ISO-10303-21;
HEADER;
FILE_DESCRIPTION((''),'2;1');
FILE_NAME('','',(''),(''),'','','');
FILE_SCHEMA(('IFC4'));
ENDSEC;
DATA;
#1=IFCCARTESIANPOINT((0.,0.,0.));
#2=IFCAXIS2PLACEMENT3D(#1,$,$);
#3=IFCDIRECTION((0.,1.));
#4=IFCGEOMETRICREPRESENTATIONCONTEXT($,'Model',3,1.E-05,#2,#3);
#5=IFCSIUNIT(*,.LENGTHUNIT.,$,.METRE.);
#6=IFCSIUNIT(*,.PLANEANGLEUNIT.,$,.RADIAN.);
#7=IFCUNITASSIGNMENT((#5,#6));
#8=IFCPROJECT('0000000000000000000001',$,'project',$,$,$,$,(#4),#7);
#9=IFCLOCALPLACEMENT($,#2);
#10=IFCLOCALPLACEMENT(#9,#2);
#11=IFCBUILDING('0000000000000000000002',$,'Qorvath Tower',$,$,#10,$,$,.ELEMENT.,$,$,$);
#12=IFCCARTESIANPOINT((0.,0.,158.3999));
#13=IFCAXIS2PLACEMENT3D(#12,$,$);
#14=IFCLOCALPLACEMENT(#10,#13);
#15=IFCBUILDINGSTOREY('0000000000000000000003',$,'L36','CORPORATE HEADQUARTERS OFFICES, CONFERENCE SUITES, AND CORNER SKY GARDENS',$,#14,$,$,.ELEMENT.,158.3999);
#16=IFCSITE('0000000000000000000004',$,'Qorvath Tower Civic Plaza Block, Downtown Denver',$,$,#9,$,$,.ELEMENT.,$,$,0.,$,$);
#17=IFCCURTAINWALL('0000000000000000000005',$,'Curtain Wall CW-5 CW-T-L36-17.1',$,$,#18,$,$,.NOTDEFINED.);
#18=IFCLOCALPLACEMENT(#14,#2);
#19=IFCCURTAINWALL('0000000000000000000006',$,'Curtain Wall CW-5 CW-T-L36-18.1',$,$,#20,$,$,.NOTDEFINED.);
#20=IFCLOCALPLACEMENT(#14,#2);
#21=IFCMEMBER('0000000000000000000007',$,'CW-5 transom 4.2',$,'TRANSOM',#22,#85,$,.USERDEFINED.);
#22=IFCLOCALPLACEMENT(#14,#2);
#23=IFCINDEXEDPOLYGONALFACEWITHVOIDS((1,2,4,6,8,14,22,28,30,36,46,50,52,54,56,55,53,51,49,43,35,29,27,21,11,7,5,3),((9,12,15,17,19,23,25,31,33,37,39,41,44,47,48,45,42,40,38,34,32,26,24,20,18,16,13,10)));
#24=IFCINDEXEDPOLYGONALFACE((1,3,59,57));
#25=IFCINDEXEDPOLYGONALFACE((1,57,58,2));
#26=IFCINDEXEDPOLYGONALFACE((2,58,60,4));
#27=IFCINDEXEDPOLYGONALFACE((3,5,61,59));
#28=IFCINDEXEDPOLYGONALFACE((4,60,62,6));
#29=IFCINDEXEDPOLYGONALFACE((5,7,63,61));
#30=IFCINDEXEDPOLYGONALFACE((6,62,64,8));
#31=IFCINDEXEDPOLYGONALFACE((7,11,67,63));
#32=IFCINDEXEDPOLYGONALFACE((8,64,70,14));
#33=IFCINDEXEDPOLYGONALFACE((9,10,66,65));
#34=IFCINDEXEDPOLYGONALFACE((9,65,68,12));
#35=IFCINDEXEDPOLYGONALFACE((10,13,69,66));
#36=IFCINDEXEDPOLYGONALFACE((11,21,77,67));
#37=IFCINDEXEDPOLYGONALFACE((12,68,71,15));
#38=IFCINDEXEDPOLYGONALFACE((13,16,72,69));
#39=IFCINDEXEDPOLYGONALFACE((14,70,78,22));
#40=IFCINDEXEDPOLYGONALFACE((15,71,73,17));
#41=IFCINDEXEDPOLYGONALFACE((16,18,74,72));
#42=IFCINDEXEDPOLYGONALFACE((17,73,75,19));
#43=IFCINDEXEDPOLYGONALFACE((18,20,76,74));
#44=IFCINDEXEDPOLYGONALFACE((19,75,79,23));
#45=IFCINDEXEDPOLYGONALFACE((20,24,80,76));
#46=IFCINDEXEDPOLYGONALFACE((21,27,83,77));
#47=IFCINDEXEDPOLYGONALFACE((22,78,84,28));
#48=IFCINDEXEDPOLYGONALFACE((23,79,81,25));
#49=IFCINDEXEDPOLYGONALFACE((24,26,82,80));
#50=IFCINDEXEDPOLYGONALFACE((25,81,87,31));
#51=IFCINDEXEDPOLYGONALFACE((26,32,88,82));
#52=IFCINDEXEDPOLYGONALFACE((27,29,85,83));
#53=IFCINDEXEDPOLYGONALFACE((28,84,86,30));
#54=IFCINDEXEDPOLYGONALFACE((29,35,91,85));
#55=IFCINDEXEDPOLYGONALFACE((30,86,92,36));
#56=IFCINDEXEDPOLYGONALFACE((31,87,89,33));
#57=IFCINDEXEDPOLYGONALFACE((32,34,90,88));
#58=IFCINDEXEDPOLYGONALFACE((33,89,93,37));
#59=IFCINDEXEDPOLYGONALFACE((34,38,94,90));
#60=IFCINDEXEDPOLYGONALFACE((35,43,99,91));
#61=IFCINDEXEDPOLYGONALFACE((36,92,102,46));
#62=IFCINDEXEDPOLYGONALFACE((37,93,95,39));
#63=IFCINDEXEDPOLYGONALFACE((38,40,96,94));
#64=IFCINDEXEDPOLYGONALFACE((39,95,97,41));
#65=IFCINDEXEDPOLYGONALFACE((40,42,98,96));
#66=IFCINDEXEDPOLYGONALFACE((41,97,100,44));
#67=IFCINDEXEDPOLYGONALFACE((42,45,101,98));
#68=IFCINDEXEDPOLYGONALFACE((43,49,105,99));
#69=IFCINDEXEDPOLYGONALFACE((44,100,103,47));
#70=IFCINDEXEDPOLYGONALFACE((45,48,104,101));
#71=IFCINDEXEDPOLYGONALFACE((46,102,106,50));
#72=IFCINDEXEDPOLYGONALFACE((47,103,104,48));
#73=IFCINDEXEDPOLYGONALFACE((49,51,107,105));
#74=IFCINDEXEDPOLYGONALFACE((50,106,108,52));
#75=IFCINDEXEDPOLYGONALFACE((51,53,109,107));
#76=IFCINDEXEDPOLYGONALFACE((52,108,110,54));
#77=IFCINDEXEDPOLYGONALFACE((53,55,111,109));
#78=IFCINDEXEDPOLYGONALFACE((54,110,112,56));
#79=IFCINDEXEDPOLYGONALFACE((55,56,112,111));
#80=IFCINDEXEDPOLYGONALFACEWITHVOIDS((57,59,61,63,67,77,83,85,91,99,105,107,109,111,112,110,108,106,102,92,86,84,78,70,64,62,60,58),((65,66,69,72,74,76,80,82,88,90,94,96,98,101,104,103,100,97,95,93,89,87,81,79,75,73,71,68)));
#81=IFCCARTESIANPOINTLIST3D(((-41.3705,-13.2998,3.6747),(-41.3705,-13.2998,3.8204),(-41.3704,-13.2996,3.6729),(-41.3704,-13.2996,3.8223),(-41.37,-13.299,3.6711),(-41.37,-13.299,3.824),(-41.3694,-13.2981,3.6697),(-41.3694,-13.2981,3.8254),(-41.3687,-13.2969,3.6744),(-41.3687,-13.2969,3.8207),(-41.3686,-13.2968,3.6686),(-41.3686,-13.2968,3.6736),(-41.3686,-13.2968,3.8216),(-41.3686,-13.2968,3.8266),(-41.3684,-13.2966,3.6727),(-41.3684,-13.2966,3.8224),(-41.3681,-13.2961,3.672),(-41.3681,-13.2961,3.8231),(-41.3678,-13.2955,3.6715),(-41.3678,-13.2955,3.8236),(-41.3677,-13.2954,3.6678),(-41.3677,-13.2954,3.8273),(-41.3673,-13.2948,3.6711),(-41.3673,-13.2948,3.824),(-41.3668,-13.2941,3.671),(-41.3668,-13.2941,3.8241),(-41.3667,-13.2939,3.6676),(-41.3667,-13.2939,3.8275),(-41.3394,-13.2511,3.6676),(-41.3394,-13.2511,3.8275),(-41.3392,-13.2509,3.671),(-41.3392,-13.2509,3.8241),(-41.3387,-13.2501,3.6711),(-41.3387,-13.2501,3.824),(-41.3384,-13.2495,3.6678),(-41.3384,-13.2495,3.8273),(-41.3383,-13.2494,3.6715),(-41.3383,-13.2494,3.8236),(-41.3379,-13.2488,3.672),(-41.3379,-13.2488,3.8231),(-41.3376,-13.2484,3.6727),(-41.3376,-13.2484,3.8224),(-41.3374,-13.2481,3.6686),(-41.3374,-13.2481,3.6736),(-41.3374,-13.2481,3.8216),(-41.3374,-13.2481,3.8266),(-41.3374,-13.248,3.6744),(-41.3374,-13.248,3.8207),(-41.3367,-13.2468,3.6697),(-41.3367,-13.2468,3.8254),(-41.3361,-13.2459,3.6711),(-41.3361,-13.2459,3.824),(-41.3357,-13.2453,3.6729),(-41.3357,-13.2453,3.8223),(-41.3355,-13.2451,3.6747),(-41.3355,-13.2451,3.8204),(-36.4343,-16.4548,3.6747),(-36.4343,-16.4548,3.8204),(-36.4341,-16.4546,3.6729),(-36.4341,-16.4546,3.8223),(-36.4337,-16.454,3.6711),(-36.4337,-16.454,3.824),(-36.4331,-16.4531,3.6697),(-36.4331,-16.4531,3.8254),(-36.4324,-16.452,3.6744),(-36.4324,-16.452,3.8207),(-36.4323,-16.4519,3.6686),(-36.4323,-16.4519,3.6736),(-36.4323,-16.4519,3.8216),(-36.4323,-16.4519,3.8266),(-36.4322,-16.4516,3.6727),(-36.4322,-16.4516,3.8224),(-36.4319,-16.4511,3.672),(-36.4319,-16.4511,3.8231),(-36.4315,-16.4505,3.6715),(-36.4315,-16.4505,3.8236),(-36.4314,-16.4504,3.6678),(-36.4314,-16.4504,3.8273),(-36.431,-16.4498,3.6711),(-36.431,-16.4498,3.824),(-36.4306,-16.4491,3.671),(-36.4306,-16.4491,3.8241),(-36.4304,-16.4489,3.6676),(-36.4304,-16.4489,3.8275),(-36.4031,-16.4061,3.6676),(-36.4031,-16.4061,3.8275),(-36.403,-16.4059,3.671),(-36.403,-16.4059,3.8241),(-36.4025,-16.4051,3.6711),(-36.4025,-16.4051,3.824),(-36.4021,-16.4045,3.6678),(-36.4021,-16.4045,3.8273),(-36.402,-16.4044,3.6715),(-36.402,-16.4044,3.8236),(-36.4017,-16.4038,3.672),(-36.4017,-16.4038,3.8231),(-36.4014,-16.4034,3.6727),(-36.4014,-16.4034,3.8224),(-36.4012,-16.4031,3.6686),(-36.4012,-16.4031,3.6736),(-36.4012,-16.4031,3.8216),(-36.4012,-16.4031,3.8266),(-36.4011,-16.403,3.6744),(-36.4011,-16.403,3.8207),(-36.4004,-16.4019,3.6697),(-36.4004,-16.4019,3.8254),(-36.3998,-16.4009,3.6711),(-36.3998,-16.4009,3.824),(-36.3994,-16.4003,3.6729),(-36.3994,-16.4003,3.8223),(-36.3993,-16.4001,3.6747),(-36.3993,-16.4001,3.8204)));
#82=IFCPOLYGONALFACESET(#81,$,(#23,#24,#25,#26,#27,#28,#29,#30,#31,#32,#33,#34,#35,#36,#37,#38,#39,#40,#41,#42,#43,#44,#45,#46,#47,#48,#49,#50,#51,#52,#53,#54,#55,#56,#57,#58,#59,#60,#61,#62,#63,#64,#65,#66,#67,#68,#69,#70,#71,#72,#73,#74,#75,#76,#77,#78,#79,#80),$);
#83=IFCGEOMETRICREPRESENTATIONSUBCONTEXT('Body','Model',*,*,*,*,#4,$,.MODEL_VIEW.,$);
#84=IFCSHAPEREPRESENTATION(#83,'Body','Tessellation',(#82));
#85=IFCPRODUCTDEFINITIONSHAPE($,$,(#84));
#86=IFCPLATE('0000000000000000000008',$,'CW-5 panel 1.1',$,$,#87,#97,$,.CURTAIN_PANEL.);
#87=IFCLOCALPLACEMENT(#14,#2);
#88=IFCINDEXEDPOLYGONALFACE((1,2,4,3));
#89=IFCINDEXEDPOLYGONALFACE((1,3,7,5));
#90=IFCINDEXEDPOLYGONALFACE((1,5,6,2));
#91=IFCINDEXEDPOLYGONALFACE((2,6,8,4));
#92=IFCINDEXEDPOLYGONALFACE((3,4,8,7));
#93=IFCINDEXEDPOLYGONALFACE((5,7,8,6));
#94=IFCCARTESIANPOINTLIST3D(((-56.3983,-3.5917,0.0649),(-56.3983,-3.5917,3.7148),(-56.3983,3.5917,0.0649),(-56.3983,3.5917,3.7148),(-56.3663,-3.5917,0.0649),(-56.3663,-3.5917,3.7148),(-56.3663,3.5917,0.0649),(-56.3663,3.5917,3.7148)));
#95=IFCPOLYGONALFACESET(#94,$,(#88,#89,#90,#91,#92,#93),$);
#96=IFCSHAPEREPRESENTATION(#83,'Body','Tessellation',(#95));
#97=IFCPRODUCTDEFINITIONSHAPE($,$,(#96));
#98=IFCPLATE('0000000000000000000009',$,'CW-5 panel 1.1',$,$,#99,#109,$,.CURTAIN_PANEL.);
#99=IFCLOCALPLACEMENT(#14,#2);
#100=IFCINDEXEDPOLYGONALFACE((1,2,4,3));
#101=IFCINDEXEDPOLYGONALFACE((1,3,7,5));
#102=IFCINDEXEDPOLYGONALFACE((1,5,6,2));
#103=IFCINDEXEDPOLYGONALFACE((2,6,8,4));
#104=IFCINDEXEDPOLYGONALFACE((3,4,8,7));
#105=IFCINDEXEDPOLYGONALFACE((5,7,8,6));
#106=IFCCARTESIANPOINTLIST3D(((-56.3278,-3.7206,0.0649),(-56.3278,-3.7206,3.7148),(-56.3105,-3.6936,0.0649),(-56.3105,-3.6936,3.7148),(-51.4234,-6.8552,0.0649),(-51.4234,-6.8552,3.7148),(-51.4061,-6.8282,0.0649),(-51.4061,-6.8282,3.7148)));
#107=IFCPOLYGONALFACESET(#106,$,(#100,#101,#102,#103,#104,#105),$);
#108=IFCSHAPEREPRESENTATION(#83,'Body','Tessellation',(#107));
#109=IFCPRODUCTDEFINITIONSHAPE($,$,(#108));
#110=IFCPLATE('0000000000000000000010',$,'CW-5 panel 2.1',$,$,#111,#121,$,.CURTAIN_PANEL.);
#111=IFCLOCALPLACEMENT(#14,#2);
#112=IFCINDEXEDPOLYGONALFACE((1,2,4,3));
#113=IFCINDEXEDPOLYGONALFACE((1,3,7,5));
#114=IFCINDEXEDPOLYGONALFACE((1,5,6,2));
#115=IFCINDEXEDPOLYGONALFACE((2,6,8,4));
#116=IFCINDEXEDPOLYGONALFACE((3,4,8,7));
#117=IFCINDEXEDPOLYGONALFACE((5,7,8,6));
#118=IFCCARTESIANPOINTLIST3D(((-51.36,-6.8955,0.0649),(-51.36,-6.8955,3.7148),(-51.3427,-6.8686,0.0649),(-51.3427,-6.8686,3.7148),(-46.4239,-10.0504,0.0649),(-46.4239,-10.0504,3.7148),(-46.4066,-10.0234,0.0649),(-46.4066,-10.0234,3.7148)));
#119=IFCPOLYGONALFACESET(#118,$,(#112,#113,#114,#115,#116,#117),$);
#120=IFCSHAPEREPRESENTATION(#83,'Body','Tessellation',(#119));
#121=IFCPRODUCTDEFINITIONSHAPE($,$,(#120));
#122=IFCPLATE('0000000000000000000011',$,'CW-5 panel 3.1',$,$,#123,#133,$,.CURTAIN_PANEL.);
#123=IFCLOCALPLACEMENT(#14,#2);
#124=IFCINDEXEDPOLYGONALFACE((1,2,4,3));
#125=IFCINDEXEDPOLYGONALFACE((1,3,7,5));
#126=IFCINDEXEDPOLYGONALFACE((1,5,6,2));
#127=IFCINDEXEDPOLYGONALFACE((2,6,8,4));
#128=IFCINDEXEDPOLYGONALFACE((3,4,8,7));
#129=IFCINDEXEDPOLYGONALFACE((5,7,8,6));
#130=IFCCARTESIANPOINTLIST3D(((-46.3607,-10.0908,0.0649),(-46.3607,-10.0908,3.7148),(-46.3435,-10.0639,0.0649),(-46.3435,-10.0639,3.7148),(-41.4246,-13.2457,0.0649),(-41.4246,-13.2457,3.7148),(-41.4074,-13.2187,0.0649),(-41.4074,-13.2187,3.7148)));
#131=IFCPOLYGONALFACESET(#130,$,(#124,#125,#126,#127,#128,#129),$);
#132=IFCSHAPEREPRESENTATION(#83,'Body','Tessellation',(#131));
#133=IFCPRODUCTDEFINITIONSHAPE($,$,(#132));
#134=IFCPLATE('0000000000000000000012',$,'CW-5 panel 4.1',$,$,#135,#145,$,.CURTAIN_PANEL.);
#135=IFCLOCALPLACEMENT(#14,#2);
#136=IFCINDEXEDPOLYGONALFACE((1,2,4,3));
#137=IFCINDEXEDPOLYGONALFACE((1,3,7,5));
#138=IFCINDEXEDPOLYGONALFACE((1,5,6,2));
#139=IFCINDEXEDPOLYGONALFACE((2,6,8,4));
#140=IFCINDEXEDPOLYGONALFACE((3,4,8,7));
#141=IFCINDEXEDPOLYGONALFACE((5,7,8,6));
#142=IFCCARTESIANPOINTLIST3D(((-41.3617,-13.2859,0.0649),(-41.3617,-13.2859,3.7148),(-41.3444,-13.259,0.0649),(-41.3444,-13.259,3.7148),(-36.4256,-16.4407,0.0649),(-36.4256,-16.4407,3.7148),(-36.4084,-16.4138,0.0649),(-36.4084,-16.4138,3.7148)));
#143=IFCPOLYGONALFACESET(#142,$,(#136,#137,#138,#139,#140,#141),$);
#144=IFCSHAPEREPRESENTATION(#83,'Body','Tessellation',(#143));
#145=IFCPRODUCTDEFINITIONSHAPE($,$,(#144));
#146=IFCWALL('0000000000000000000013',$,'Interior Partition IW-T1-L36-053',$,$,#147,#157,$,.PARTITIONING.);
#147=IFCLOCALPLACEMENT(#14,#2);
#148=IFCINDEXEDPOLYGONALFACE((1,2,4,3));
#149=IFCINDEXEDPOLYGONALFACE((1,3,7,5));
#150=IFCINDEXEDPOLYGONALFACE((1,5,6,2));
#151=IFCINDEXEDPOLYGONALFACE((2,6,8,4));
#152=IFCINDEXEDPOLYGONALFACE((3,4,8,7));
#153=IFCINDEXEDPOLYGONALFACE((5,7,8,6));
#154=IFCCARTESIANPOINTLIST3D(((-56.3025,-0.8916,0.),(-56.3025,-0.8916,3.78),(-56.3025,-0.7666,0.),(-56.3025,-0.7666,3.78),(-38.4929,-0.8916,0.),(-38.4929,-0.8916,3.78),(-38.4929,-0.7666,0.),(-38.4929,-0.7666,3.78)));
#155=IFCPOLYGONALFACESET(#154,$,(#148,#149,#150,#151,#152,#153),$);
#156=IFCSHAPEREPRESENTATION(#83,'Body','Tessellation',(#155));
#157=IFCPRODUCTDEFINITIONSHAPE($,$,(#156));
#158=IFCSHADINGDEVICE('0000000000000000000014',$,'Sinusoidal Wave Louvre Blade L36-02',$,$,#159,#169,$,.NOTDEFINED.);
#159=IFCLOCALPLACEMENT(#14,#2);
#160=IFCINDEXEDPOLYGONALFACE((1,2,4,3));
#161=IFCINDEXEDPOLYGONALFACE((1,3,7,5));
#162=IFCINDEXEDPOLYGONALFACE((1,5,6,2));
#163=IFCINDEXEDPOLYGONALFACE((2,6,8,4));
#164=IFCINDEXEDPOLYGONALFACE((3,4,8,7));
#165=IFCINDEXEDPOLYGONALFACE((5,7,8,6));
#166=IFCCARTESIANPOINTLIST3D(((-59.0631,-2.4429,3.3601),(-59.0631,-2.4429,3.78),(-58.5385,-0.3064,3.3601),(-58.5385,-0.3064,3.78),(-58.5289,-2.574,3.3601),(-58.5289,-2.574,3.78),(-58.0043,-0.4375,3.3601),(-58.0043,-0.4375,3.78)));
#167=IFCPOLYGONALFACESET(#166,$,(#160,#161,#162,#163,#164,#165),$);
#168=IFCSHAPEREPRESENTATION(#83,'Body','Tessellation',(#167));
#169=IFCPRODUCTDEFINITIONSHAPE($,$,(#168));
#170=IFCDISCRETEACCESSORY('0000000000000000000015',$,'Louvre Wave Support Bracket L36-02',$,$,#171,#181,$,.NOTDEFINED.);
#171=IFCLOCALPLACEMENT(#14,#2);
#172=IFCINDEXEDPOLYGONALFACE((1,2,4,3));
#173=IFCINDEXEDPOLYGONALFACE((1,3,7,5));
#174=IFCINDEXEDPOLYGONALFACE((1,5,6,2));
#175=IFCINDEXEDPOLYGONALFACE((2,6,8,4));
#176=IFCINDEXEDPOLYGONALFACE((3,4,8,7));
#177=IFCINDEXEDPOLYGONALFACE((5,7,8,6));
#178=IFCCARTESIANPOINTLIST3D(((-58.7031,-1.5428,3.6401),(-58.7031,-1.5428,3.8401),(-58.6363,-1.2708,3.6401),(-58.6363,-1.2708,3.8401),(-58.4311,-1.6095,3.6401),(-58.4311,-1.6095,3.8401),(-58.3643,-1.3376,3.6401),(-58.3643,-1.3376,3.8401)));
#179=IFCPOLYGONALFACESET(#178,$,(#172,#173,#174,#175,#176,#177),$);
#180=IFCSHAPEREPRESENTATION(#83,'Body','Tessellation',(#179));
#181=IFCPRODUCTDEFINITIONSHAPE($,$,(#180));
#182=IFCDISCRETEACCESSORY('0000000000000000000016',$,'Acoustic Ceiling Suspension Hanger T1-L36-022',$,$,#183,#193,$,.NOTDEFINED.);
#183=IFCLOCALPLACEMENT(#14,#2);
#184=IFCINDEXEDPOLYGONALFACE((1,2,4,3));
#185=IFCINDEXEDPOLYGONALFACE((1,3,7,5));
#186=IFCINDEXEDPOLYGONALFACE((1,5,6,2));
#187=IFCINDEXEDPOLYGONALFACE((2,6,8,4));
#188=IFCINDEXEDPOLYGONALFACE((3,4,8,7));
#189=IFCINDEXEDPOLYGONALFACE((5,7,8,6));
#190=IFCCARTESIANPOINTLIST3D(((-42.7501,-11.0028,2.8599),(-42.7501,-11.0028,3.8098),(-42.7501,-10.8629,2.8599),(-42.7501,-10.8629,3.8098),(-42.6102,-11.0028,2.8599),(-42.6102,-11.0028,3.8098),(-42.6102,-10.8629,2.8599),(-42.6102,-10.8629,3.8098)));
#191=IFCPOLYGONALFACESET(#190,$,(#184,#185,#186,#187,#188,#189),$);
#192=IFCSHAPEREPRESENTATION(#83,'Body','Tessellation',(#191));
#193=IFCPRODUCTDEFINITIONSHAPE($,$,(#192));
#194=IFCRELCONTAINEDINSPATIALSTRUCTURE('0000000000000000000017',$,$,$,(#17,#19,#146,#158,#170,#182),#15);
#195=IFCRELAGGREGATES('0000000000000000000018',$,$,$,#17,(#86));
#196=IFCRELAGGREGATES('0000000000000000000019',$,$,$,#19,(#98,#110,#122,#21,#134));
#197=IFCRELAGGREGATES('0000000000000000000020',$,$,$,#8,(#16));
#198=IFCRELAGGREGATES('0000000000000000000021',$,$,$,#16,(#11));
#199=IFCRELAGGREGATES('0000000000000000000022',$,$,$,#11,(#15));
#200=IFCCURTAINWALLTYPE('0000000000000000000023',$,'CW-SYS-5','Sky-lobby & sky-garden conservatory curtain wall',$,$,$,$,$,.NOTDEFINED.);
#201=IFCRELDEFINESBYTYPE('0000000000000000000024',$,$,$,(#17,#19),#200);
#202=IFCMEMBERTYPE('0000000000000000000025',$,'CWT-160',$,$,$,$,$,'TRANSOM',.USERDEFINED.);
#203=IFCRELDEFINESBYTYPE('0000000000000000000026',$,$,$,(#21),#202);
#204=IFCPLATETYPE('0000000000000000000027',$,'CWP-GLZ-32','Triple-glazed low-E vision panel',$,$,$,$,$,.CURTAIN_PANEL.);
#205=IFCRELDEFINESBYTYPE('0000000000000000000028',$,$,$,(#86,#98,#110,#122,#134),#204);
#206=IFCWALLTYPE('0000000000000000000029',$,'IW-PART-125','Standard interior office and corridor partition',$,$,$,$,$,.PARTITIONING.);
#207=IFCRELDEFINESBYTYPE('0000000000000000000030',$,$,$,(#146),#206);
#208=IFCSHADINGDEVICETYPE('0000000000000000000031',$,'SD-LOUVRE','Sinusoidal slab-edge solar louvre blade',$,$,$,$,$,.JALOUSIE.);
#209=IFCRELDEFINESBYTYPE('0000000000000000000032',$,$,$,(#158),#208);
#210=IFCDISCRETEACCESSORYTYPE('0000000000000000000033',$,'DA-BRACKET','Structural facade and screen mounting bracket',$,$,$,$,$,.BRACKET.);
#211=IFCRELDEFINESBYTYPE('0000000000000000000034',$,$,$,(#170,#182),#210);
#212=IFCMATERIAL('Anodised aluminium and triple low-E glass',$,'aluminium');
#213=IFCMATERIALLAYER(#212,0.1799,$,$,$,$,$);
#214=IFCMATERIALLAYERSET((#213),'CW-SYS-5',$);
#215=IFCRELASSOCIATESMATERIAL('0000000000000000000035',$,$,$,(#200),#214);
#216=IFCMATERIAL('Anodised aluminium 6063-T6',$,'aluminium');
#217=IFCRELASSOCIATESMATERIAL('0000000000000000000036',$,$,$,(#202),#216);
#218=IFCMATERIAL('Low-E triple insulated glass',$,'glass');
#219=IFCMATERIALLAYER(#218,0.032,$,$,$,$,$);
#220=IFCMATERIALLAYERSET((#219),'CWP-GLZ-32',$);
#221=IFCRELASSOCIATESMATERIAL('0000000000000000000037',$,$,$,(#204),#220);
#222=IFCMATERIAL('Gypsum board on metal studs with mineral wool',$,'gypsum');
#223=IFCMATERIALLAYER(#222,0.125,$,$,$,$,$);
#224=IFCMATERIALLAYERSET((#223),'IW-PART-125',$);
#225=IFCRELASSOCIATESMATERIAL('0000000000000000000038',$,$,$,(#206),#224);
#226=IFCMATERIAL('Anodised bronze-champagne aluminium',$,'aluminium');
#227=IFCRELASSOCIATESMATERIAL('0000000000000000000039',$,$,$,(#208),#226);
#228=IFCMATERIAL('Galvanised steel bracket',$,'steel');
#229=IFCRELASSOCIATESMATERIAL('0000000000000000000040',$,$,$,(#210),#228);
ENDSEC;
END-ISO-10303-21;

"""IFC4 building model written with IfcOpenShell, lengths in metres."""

from ifc_helpers import new_model, si_unit, direction, frame, frame_2d, origin, origin_2d, place, context, subcontext, project, spatial, rectangle, hollow_rectangle, extrude, material, layer, layer_set, material_profile, profile_set, type_object, element, aggregate, save


model = new_model("IFC4")

# Units and contexts
model_context = context("Model", 3, precision=1e-05, world=origin(), true_north=direction((0.0, 1.0)))
body_context = subcontext(model_context, "Body", "Model", "MODEL_VIEW")
ifc_project = project(units=[si_unit("LENGTHUNIT", "METRE"), si_unit("PLANEANGLEUNIT", "RADIAN")], contexts=[model_context])

# Site, building, storey
site_placement = place(None, origin())
site = spatial("IfcSite", under=ifc_project, at=site_placement, Name="Qorvath Tower Civic Plaza Block, Downtown Denver", CompositionType="ELEMENT", RefElevation=0.0)
building_placement = place(site_placement, origin())
building = spatial("IfcBuilding", under=site, at=building_placement, Name="Qorvath Tower", CompositionType="ELEMENT")
storey_placement = place(building_placement, frame((0.0, 0.0, 158.3999)))
storey = spatial("IfcBuildingStorey", under=building, at=storey_placement, Name="L36", Description="CORPORATE HEADQUARTERS OFFICES, CONFERENCE SUITES, AND CORNER SKY GARDENS", CompositionType="ELEMENT", Elevation=158.3999)

# Curtain wall
ifc_material_1 = material(Name="Anodised aluminium and triple low-E glass", Category="aluminium")
ifc_layer_1 = layer(ifc_material_1, 0.1799)
ifc_layer_set_1 = layer_set([ifc_layer_1], Name="CW-SYS-5")
curtain_wall_type = type_object("IfcCurtainWallType", Name="CW-SYS-5", Description="Sky-lobby & sky-garden conservatory curtain wall", PredefinedType="NOTDEFINED", material=ifc_layer_set_1)
curtain_wall_1_placement = place(storey_placement, origin())
curtain_wall_1 = element("IfcCurtainWall", 1, at=curtain_wall_1_placement, inside=storey, type_object=curtain_wall_type, Name="Curtain Wall CW-5 CW-T-L36-17.1", PredefinedType="NOTDEFINED")

# Curtain wall, member
curtain_wall_2_placement = place(storey_placement, origin())
curtain_wall_2 = element("IfcCurtainWall", 2, at=curtain_wall_2_placement, inside=storey, type_object=curtain_wall_type, Name="Curtain Wall CW-5 CW-T-L36-18.1", PredefinedType="NOTDEFINED")
ifc_material_2 = material(Name="Anodised aluminium 6063-T6", Category="aluminium")
ifc_material_profile_1 = material_profile(ifc_material_2, hollow_rectangle(XDim=0.0649, YDim=0.1599, WallThickness=0.0034, InnerFilletRadius=0.0034, OuterFilletRadius=0.0071, at=origin_2d()), Name="CWT 160x65")
ifc_profile_set_1 = profile_set([ifc_material_profile_1], Name="Anodised aluminium 6063-T6")
member_type_1 = type_object("IfcMemberType", Name="CWT-160", ElementType="TRANSOM", PredefinedType="USERDEFINED", material=ifc_profile_set_1)
member_1_placement = place(storey_placement, frame((-41.353, -13.2725, 3.7476), z_axis=(0.842596, -0.538546, 0.0), x_axis=(0.538546, 0.842596, 0.0)))
member_1 = element("IfcMember", 3, at=member_1_placement, type_object=member_type_1, Name="CW-5 transom 4.2", ObjectType="TRANSOM", PredefinedType="USERDEFINED", context=body_context, shape_type="SweptSolid", body=[
    extrude(hollow_rectangle(XDim=0.0649, YDim=0.1599, WallThickness=0.0034, InnerFilletRadius=0.0034, OuterFilletRadius=0.0071, at=origin_2d()), origin(), (0.0, 0.0, 1.0), 5.8584),
])

# Plates
ifc_material_3 = material(Name="Low-E triple insulated glass", Category="glass")
ifc_layer_2 = layer(ifc_material_3, 0.032)
ifc_layer_set_2 = layer_set([ifc_layer_2], Name="CWP-GLZ-32")
plate_type = type_object("IfcPlateType", Name="CWP-GLZ-32", Description="Triple-glazed low-E vision panel", PredefinedType="CURTAIN_PANEL", material=ifc_layer_set_2)
plate_1_placement = place(storey_placement, frame((-56.3823, 0.0, 0.0649), z_axis=(0.0, 0.0, 1.0), x_axis=(0.0, -1.0, 0.0)))
plate_1 = element("IfcPlate", 4, at=plate_1_placement, type_object=plate_type, Name="CW-5 panel 1.1", PredefinedType="CURTAIN_PANEL", context=body_context, shape_type="SweptSolid", body=[
    extrude(rectangle(XDim=7.1833, YDim=0.032, at=origin_2d()), origin(), (0.0, 0.0, 1.0), 3.6499),
])
aggregate(curtain_wall_1, [plate_1])
plate_2_placement = place(storey_placement, frame((-53.8669, -5.2744, 0.0649), z_axis=(0.0, 0.0, 1.0), x_axis=(0.842601, -0.538539, 0.0)))
plate_2 = element("IfcPlate", 5, at=plate_2_placement, type_object=plate_type, Name="CW-5 panel 1.1", PredefinedType="CURTAIN_PANEL", context=body_context, shape_type="SweptSolid", body=[
    extrude(rectangle(XDim=5.8206, YDim=0.032, at=origin_2d()), origin(), (0.0, 0.0, 1.0), 3.6499),
])
plate_3_placement = place(storey_placement, frame((-48.8833, -8.4595, 0.0649), z_axis=(0.0, 0.0, 1.0), x_axis=(0.842601, -0.538539, 0.0)))
plate_3 = element("IfcPlate", 6, at=plate_3_placement, type_object=plate_type, Name="CW-5 panel 2.1", PredefinedType="CURTAIN_PANEL", context=body_context, shape_type="SweptSolid", body=[
    extrude(rectangle(XDim=5.8582, YDim=0.032, at=origin_2d()), origin(), (0.0, 0.0, 1.0), 3.6499),
])
plate_4_placement = place(storey_placement, frame((-43.884, -11.6548, 0.0649), z_axis=(0.0, 0.0, 1.0), x_axis=(0.842601, -0.538539, 0.0)))
plate_4 = element("IfcPlate", 7, at=plate_4_placement, type_object=plate_type, Name="CW-5 panel 3.1", PredefinedType="CURTAIN_PANEL", context=body_context, shape_type="SweptSolid", body=[
    extrude(rectangle(XDim=5.8582, YDim=0.032, at=origin_2d()), origin(), (0.0, 0.0, 1.0), 3.6499),
])
plate_5_placement = place(storey_placement, frame((-38.885, -14.8499, 0.0649), z_axis=(0.0, 0.0, 1.0), x_axis=(0.842601, -0.538539, 0.0)))
plate_5 = element("IfcPlate", 8, at=plate_5_placement, type_object=plate_type, Name="CW-5 panel 4.1", PredefinedType="CURTAIN_PANEL", context=body_context, shape_type="SweptSolid", body=[
    extrude(rectangle(XDim=5.8582, YDim=0.032, at=origin_2d()), origin(), (0.0, 0.0, 1.0), 3.6499),
])
aggregate(curtain_wall_2, [plate_2, plate_3, plate_4, member_1, plate_5])

# Wall
ifc_material_4 = material(Name="Gypsum board on metal studs with mineral wool", Category="gypsum")
ifc_layer_3 = layer(ifc_material_4, 0.125)
ifc_layer_set_3 = layer_set([ifc_layer_3], Name="IW-PART-125")
wall_type = type_object("IfcWallType", Name="IW-PART-125", Description="Standard interior office and corridor partition", PredefinedType="PARTITIONING", material=ifc_layer_set_3)
wall_placement = place(storey_placement, frame((-38.4929, -0.8291, 0.0), z_axis=(0.0, 0.0, 1.0), x_axis=(-1.0, 0.0, 0.0)))
element("IfcWall", 9, at=wall_placement, inside=storey, type_object=wall_type, Name="Interior Partition IW-T1-L36-053", PredefinedType="PARTITIONING", context=body_context, shape_type="SweptSolid", body=[
    extrude(rectangle(XDim=17.8096, YDim=0.125, at=frame_2d((8.9048, 0.0))), origin(), (0.0, 0.0, 1.0), 3.78),
])

# Shading device
ifc_material_5 = material(Name="Anodised bronze-champagne aluminium", Category="aluminium")
shading_device_type = type_object("IfcShadingDeviceType", Name="SD-LOUVRE", Description="Sinusoidal slab-edge solar louvre blade", PredefinedType="JALOUSIE", material=ifc_material_5)
shading_device_placement = place(storey_placement, frame((-58.5337, -1.4402, 3.3601), z_axis=(0.0, 0.0, 1.0), x_axis=(-0.238444, -0.971156, 0.0)))
element("IfcShadingDevice", 10, at=shading_device_placement, inside=storey, type_object=shading_device_type, Name="Sinusoidal Wave Louvre Blade L36-02", PredefinedType="NOTDEFINED", context=body_context, shape_type="SweptSolid", body=[
    extrude(rectangle(XDim=2.2, YDim=0.55, at=origin_2d()), origin(), (0.0, 0.0, 1.0), 0.4199),
])

# Discrete accessories
ifc_material_6 = material(Name="Galvanised steel bracket", Category="steel")
discrete_accessory_type = type_object("IfcDiscreteAccessoryType", Name="DA-BRACKET", Description="Structural facade and screen mounting bracket", PredefinedType="BRACKET", material=ifc_material_6)
discrete_accessory_placement = place(storey_placement, frame((-58.5337, -1.4402, 3.6401), z_axis=(0.0, 0.0, 1.0), x_axis=(-0.238444, -0.971156, 0.0)))
element("IfcDiscreteAccessory", 11, at=discrete_accessory_placement, inside=storey, type_object=discrete_accessory_type, Name="Louvre Wave Support Bracket L36-02", PredefinedType="NOTDEFINED", context=body_context, shape_type="SweptSolid", body=[
    extrude(rectangle(XDim=0.28, YDim=0.28, at=origin_2d()), origin(), (0.0, 0.0, 1.0), 0.2),
])
for number, where, z_axis, x_axis, name in (
    (12, (-42.6802, -10.9329, 2.8599), (0.0, 0.0, 1.0), (1.0, 0.0, 0.0), "Acoustic Ceiling Suspension Hanger T1-L36-022"),
):
    element("IfcDiscreteAccessory", number, at=place(storey_placement, frame(where, z_axis=z_axis, x_axis=x_axis)), inside=storey, type_object=discrete_accessory_type, Name=name, PredefinedType="NOTDEFINED", context=body_context, shape_type="SweptSolid", body=[
        extrude(rectangle(XDim=0.1399, YDim=0.1399, at=origin_2d()), origin(), (0.0, 0.0, 1.0), 0.95),
    ])

save(model, "model.ifc")
